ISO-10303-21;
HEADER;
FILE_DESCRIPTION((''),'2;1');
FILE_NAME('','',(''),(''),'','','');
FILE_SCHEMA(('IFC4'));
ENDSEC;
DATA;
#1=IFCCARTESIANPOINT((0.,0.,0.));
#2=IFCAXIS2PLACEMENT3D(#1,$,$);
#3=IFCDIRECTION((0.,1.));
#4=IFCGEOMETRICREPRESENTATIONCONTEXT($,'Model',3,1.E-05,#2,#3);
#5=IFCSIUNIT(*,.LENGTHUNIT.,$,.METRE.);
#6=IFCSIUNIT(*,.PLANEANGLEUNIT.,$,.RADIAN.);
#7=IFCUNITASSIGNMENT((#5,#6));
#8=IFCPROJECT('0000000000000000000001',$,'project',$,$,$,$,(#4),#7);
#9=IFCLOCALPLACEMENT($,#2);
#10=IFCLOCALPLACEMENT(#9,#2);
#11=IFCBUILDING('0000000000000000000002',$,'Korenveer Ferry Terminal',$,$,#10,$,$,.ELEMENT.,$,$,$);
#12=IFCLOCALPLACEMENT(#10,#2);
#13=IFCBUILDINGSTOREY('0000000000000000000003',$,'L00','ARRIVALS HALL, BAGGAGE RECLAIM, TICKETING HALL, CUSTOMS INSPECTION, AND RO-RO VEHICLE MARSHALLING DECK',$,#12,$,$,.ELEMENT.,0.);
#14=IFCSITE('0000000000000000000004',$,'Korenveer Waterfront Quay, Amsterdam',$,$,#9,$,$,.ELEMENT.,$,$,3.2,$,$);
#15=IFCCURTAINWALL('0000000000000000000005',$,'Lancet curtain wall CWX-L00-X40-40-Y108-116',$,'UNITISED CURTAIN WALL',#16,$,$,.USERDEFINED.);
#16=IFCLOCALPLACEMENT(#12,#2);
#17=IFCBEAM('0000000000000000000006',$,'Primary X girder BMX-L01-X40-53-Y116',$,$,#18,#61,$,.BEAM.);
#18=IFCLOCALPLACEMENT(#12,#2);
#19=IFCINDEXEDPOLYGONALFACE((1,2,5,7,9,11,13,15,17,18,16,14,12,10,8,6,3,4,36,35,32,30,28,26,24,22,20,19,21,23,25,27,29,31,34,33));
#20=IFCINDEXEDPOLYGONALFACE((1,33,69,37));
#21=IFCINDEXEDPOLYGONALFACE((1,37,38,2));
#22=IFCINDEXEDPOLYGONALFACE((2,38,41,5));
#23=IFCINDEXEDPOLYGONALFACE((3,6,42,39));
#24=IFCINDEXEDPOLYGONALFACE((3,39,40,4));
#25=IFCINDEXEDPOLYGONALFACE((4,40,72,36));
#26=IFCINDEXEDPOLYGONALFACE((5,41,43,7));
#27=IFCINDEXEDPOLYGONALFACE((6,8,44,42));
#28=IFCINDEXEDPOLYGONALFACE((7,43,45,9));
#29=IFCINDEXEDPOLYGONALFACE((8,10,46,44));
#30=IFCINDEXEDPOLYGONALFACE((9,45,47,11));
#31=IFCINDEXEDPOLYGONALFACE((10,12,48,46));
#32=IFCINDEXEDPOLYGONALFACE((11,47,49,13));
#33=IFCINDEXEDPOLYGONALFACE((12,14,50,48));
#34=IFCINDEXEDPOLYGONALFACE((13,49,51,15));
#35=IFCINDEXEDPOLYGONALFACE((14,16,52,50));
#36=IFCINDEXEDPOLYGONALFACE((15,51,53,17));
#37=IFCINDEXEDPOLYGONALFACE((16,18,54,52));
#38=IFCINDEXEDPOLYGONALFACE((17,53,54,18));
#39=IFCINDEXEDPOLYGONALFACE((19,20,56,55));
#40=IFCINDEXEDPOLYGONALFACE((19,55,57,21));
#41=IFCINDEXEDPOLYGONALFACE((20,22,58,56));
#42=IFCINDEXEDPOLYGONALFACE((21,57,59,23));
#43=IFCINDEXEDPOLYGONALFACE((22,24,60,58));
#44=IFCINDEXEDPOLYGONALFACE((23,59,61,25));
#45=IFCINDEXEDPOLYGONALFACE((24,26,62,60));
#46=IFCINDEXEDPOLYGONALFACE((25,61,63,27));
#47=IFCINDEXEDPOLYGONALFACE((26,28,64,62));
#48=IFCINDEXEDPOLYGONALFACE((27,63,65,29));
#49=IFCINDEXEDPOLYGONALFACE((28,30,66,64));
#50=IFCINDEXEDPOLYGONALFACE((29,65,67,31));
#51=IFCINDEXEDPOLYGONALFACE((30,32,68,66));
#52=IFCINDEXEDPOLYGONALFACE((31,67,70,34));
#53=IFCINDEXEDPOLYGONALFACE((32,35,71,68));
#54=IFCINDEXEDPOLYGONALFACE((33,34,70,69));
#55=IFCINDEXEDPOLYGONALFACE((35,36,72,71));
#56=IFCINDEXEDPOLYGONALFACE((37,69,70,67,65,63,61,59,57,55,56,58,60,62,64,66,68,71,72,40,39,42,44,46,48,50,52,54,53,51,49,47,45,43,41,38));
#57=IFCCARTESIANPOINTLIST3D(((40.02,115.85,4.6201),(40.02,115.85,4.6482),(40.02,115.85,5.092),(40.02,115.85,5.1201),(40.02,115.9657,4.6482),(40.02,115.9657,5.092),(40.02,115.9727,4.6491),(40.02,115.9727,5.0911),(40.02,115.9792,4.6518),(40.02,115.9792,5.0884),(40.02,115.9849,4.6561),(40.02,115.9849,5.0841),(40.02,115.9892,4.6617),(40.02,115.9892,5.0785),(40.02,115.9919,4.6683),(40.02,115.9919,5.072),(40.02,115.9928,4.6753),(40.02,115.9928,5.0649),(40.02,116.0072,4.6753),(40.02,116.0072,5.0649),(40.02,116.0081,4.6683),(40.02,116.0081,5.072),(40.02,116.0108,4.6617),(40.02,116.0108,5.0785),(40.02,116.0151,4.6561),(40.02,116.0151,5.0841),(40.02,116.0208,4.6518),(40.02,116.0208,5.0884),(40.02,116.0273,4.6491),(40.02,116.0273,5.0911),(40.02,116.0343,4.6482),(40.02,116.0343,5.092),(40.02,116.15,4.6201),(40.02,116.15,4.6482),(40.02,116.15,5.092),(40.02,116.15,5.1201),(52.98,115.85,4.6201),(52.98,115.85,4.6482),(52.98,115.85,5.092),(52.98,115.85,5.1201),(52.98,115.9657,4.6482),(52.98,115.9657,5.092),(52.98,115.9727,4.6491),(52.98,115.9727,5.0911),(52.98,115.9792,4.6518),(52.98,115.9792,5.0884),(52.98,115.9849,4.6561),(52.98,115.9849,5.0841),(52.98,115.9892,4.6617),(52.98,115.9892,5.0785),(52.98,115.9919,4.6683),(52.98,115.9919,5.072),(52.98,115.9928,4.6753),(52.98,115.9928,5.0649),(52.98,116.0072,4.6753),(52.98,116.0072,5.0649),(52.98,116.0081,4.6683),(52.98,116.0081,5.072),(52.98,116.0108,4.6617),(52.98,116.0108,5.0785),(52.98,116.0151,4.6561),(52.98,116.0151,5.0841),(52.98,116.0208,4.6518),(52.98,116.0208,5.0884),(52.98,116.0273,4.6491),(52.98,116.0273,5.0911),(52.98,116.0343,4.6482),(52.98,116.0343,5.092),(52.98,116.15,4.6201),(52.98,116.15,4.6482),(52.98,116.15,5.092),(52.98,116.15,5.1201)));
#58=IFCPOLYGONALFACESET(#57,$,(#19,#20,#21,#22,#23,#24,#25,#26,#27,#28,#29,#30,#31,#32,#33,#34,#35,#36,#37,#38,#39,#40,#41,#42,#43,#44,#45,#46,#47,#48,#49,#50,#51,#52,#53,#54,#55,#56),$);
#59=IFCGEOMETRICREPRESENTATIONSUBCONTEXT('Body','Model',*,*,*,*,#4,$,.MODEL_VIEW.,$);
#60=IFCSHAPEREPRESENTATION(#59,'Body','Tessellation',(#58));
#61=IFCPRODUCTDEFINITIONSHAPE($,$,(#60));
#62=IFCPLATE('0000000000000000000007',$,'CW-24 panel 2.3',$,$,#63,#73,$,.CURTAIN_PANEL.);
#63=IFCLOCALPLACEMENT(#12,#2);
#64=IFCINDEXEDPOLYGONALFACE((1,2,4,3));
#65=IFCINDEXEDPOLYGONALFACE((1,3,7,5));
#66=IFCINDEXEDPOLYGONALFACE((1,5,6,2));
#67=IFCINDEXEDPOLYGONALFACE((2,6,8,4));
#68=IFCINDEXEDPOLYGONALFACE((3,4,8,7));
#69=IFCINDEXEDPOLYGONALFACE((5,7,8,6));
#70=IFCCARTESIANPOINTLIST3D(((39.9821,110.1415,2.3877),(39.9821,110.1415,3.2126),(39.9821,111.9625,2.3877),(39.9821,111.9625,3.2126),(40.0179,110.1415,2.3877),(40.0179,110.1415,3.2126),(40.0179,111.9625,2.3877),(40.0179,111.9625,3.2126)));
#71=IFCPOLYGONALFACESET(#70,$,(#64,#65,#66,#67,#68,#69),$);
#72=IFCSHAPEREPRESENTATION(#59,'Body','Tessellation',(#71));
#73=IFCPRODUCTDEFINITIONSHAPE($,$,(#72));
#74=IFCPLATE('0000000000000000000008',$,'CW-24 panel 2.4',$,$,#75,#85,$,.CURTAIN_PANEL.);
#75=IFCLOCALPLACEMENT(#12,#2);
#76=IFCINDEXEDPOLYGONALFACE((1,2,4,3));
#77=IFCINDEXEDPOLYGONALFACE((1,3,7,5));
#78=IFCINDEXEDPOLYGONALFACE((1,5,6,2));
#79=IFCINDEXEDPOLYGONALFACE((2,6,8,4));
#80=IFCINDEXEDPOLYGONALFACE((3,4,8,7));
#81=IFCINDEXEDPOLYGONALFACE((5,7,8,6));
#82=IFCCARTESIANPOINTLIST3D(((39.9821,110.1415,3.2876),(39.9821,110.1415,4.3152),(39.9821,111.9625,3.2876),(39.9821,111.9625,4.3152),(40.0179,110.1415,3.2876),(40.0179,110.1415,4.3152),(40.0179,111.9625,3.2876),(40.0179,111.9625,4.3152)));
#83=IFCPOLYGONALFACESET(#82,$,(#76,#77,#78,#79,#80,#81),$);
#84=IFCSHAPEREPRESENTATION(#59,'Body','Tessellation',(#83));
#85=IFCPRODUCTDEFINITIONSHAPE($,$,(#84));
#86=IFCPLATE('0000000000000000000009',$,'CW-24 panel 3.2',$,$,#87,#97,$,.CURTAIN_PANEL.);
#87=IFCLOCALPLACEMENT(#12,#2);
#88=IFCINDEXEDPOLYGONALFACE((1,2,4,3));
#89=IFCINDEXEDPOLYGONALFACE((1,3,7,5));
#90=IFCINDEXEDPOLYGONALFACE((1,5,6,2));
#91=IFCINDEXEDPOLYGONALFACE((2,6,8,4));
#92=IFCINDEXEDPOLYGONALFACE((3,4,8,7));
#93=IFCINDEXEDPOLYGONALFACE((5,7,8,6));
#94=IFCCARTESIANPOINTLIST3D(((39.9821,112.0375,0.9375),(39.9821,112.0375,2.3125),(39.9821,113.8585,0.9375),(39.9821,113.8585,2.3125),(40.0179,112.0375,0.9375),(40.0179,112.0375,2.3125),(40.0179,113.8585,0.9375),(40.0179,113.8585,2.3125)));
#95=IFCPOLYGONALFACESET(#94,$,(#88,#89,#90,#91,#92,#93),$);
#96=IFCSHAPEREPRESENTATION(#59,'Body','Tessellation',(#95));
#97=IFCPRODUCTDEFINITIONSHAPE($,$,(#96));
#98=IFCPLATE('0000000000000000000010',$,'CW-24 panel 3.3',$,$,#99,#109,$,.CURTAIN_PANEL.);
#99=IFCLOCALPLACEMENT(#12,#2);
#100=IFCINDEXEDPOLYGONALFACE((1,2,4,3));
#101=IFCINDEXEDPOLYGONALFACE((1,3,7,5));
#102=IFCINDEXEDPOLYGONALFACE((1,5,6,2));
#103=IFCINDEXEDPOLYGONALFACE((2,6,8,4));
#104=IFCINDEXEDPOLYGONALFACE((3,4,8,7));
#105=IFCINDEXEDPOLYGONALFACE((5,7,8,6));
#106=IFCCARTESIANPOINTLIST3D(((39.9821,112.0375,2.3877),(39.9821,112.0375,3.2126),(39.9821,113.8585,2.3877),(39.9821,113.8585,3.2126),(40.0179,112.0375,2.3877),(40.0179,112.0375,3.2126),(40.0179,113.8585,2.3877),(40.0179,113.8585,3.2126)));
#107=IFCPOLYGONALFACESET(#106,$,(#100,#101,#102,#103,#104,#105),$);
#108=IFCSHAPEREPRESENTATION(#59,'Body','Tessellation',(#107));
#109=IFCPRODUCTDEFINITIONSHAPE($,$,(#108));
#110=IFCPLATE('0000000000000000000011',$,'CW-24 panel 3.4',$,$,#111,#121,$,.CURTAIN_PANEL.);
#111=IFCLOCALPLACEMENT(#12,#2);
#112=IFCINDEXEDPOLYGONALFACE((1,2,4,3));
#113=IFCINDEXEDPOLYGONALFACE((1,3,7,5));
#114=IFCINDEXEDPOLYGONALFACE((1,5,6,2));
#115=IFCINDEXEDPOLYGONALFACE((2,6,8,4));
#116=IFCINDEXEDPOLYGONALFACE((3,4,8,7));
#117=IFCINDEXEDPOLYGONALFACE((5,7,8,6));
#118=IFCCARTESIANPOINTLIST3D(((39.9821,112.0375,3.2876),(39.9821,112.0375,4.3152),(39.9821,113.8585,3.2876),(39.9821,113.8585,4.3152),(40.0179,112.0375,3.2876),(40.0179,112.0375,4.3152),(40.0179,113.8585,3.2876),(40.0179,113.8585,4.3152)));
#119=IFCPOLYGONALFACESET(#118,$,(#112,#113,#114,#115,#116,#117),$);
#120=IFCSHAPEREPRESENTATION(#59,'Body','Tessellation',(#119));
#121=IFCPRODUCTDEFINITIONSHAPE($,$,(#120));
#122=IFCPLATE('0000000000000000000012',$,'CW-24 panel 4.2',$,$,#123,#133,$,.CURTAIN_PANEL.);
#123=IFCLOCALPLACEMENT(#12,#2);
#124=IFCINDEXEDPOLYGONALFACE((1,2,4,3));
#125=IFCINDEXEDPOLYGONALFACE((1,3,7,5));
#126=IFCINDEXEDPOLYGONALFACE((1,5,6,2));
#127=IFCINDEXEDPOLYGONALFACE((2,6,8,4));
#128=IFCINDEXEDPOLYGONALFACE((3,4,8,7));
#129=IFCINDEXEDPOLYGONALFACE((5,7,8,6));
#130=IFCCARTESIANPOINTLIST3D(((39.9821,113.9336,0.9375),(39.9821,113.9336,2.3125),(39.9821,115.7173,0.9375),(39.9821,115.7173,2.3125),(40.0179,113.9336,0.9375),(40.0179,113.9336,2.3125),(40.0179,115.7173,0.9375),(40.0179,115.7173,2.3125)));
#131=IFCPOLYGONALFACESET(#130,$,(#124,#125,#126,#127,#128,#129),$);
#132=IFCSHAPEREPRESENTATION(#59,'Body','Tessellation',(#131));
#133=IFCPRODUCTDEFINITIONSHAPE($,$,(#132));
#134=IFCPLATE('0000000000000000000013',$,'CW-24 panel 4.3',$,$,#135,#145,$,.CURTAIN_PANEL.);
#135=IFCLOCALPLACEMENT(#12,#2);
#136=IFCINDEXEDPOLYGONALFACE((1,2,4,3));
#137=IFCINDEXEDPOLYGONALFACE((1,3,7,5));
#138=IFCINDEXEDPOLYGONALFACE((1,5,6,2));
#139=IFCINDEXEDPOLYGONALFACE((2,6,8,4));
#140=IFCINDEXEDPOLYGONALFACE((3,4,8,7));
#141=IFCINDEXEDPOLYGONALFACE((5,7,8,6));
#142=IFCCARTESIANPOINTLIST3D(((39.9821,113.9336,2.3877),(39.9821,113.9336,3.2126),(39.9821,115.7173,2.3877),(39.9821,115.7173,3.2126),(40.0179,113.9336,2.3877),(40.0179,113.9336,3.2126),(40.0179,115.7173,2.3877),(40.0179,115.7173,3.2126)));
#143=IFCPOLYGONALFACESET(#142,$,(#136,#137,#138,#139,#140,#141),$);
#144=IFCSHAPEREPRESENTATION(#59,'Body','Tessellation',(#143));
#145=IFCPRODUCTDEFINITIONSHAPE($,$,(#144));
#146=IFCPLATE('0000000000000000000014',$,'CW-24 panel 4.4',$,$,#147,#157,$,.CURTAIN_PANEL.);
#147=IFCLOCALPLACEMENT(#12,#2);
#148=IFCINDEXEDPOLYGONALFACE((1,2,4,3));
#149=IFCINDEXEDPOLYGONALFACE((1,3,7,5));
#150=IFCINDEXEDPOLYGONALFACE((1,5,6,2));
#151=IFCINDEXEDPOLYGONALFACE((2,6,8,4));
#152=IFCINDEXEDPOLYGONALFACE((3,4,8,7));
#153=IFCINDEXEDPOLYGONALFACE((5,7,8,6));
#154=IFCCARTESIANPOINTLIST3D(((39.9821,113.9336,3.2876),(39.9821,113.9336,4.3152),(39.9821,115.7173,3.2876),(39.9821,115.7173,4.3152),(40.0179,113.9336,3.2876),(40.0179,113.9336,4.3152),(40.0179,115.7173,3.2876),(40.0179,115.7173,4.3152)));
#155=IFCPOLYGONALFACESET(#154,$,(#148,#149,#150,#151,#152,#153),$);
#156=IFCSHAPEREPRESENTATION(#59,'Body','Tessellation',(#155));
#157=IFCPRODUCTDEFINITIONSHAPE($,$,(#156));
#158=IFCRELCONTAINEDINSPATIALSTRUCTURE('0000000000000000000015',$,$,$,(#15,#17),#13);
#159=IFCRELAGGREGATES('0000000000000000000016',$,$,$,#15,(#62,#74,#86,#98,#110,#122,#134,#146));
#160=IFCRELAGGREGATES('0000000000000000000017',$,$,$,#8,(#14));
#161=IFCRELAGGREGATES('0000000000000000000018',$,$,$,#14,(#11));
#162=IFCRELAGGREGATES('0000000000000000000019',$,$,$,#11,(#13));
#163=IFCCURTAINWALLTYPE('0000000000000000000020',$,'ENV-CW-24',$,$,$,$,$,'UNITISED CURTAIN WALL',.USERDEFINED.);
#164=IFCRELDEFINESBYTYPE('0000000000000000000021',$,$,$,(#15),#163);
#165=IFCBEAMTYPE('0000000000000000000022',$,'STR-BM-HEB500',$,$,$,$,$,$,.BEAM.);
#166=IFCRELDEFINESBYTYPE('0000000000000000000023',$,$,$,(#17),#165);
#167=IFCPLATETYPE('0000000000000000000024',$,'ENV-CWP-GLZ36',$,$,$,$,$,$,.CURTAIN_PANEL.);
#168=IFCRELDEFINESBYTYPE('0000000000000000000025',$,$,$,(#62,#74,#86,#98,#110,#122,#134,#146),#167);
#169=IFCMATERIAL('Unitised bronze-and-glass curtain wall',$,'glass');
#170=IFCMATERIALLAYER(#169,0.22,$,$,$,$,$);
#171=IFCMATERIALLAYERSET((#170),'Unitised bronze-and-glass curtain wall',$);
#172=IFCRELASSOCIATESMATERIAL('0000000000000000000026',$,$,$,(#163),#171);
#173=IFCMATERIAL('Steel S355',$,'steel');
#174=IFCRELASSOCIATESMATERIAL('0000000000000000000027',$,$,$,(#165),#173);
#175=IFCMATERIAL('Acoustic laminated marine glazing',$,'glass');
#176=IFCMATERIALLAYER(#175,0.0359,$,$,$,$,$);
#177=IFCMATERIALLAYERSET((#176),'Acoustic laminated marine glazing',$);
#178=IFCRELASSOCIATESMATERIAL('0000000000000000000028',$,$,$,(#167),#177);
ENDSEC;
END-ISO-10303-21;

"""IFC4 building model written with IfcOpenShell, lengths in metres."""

from ifc_helpers import new_model, si_unit, direction, frame, origin, origin_2d, place, context, subcontext, project, spatial, rectangle, i_section, extrude, material, layer, layer_set, material_profile, profile_set, type_object, element, aggregate, save


model = new_model("IFC4")

# Units and contexts
model_context = context("Model", 3, precision=1e-05, world=origin(), true_north=direction((0.0, 1.0)))
body_context = subcontext(model_context, "Body", "Model", "MODEL_VIEW")
ifc_project = project(units=[si_unit("LENGTHUNIT", "METRE"), si_unit("PLANEANGLEUNIT", "RADIAN")], contexts=[model_context])

# Site, building, storey
site_placement = place(None, origin())
site = spatial("IfcSite", under=ifc_project, at=site_placement, Name="Korenveer Waterfront Quay, Amsterdam", CompositionType="ELEMENT", RefElevation=3.2)
building_placement = place(site_placement, origin())
building = spatial("IfcBuilding", under=site, at=building_placement, Name="Korenveer Ferry Terminal", CompositionType="ELEMENT")
storey_placement = place(building_placement, origin())
storey = spatial("IfcBuildingStorey", under=building, at=storey_placement, Name="L00", Description="ARRIVALS HALL, BAGGAGE RECLAIM, TICKETING HALL, CUSTOMS INSPECTION, AND RO-RO VEHICLE MARSHALLING DECK", CompositionType="ELEMENT", Elevation=0.0)

# Curtain wall
ifc_material_1 = material(Name="Unitised bronze-and-glass curtain wall", Category="glass")
ifc_layer_1 = layer(ifc_material_1, 0.22)
ifc_layer_set_1 = layer_set([ifc_layer_1], Name="Unitised bronze-and-glass curtain wall")
curtain_wall_type_1 = type_object("IfcCurtainWallType", Name="ENV-CW-24", ElementType="UNITISED CURTAIN WALL", PredefinedType="USERDEFINED", material=ifc_layer_set_1)
curtain_wall_1_placement = place(storey_placement, frame((40.0, 108.2078, 0.0)))
curtain_wall_1 = element("IfcCurtainWall", 1, at=curtain_wall_1_placement, inside=storey, type_object=curtain_wall_type_1, Name="Lancet curtain wall CWX-L00-X40-40-Y108-116", ObjectType="UNITISED CURTAIN WALL", PredefinedType="USERDEFINED")

# Beam
ifc_material_2 = material(Name="Steel S355", Category="steel")
ifc_material_profile_1 = material_profile(ifc_material_2, i_section(OverallWidth=0.3, OverallDepth=0.5, WebThickness=0.0144, FlangeThickness=0.0281, FilletRadius=0.0271, at=origin_2d()), Name="HEB 500")
ifc_profile_set_1 = profile_set([ifc_material_profile_1], Name="Steel S355")
beam_type = type_object("IfcBeamType", Name="STR-BM-HEB500", PredefinedType="BEAM", material=ifc_profile_set_1)
beam_placement = place(storey_placement, frame((40.02, 116.0, 4.8701), z_axis=(1.0, 0.0, 0.0), x_axis=(0.0, 1.0, 0.0)))
element("IfcBeam", 2, at=beam_placement, inside=storey, type_object=beam_type, Name="Primary X girder BMX-L01-X40-53-Y116", PredefinedType="BEAM", context=body_context, shape_type="SweptSolid", body=[
    extrude(i_section(OverallWidth=0.3, OverallDepth=0.5, WebThickness=0.0144, FlangeThickness=0.0281, FilletRadius=0.0271, at=origin_2d()), origin(), (0.0, 0.0, 1.0), 12.96),
])

# Plates
ifc_material_3 = material(Name="Acoustic laminated marine glazing", Category="glass")
ifc_layer_2 = layer(ifc_material_3, 0.0359)
ifc_layer_set_2 = layer_set([ifc_layer_2], Name="Acoustic laminated marine glazing")
plate_type = type_object("IfcPlateType", Name="ENV-CWP-GLZ36", PredefinedType="CURTAIN_PANEL", material=ifc_layer_set_2)
plate_1_placement = place(storey_placement, frame((40.0, 111.052, 2.3877), z_axis=(0.0, 0.0, 1.0), x_axis=(0.0, 1.0, 0.0)))
plate_1 = element("IfcPlate", 3, at=plate_1_placement, type_object=plate_type, Name="CW-24 panel 2.3", PredefinedType="CURTAIN_PANEL", context=body_context, shape_type="SweptSolid", body=[
    extrude(rectangle(XDim=1.821, YDim=0.0359, at=origin_2d()), origin(), (0.0, 0.0, 1.0), 0.825),
])
plate_2_placement = place(storey_placement, frame((40.0, 111.052, 3.2876), z_axis=(0.0, 0.0, 1.0), x_axis=(0.0, 1.0, 0.0)))
plate_2 = element("IfcPlate", 4, at=plate_2_placement, type_object=plate_type, Name="CW-24 panel 2.4", PredefinedType="CURTAIN_PANEL", context=body_context, shape_type="SweptSolid", body=[
    extrude(rectangle(XDim=1.821, YDim=0.0359, at=origin_2d()), origin(), (0.0, 0.0, 1.0), 1.0276),
])
plate_3_placement = place(storey_placement, frame((40.0, 112.948, 0.9375), z_axis=(0.0, 0.0, 1.0), x_axis=(0.0, 1.0, 0.0)))
plate_3 = element("IfcPlate", 5, at=plate_3_placement, type_object=plate_type, Name="CW-24 panel 3.2", PredefinedType="CURTAIN_PANEL", context=body_context, shape_type="SweptSolid", body=[
    extrude(rectangle(XDim=1.821, YDim=0.0359, at=origin_2d()), origin(), (0.0, 0.0, 1.0), 1.375),
])
plate_4_placement = place(storey_placement, frame((40.0, 112.948, 2.3877), z_axis=(0.0, 0.0, 1.0), x_axis=(0.0, 1.0, 0.0)))
plate_4 = element("IfcPlate", 6, at=plate_4_placement, type_object=plate_type, Name="CW-24 panel 3.3", PredefinedType="CURTAIN_PANEL", context=body_context, shape_type="SweptSolid", body=[
    extrude(rectangle(XDim=1.821, YDim=0.0359, at=origin_2d()), origin(), (0.0, 0.0, 1.0), 0.825),
])
plate_5_placement = place(storey_placement, frame((40.0, 112.948, 3.2876), z_axis=(0.0, 0.0, 1.0), x_axis=(0.0, 1.0, 0.0)))
plate_5 = element("IfcPlate", 7, at=plate_5_placement, type_object=plate_type, Name="CW-24 panel 3.4", PredefinedType="CURTAIN_PANEL", context=body_context, shape_type="SweptSolid", body=[
    extrude(rectangle(XDim=1.821, YDim=0.0359, at=origin_2d()), origin(), (0.0, 0.0, 1.0), 1.0276),
])
plate_6_placement = place(storey_placement, frame((40.0, 114.8254, 0.9375), z_axis=(0.0, 0.0, 1.0), x_axis=(0.0, 1.0, 0.0)))
plate_6 = element("IfcPlate", 8, at=plate_6_placement, type_object=plate_type, Name="CW-24 panel 4.2", PredefinedType="CURTAIN_PANEL", context=body_context, shape_type="SweptSolid", body=[
    extrude(rectangle(XDim=1.7837, YDim=0.0359, at=origin_2d()), origin(), (0.0, 0.0, 1.0), 1.375),
])
plate_7_placement = place(storey_placement, frame((40.0, 114.8254, 2.3877), z_axis=(0.0, 0.0, 1.0), x_axis=(0.0, 1.0, 0.0)))
plate_7 = element("IfcPlate", 9, at=plate_7_placement, type_object=plate_type, Name="CW-24 panel 4.3", PredefinedType="CURTAIN_PANEL", context=body_context, shape_type="SweptSolid", body=[
    extrude(rectangle(XDim=1.7837, YDim=0.0359, at=origin_2d()), origin(), (0.0, 0.0, 1.0), 0.825),
])
plate_8_placement = place(storey_placement, frame((40.0, 114.8254, 3.2876), z_axis=(0.0, 0.0, 1.0), x_axis=(0.0, 1.0, 0.0)))
plate_8 = element("IfcPlate", 10, at=plate_8_placement, type_object=plate_type, Name="CW-24 panel 4.4", PredefinedType="CURTAIN_PANEL", context=body_context, shape_type="SweptSolid", body=[
    extrude(rectangle(XDim=1.7837, YDim=0.0359, at=origin_2d()), origin(), (0.0, 0.0, 1.0), 1.0276),
])
aggregate(curtain_wall_1, [plate_1, plate_2, plate_3, plate_4, plate_5, plate_6, plate_7, plate_8])

save(model, "model.ifc")
